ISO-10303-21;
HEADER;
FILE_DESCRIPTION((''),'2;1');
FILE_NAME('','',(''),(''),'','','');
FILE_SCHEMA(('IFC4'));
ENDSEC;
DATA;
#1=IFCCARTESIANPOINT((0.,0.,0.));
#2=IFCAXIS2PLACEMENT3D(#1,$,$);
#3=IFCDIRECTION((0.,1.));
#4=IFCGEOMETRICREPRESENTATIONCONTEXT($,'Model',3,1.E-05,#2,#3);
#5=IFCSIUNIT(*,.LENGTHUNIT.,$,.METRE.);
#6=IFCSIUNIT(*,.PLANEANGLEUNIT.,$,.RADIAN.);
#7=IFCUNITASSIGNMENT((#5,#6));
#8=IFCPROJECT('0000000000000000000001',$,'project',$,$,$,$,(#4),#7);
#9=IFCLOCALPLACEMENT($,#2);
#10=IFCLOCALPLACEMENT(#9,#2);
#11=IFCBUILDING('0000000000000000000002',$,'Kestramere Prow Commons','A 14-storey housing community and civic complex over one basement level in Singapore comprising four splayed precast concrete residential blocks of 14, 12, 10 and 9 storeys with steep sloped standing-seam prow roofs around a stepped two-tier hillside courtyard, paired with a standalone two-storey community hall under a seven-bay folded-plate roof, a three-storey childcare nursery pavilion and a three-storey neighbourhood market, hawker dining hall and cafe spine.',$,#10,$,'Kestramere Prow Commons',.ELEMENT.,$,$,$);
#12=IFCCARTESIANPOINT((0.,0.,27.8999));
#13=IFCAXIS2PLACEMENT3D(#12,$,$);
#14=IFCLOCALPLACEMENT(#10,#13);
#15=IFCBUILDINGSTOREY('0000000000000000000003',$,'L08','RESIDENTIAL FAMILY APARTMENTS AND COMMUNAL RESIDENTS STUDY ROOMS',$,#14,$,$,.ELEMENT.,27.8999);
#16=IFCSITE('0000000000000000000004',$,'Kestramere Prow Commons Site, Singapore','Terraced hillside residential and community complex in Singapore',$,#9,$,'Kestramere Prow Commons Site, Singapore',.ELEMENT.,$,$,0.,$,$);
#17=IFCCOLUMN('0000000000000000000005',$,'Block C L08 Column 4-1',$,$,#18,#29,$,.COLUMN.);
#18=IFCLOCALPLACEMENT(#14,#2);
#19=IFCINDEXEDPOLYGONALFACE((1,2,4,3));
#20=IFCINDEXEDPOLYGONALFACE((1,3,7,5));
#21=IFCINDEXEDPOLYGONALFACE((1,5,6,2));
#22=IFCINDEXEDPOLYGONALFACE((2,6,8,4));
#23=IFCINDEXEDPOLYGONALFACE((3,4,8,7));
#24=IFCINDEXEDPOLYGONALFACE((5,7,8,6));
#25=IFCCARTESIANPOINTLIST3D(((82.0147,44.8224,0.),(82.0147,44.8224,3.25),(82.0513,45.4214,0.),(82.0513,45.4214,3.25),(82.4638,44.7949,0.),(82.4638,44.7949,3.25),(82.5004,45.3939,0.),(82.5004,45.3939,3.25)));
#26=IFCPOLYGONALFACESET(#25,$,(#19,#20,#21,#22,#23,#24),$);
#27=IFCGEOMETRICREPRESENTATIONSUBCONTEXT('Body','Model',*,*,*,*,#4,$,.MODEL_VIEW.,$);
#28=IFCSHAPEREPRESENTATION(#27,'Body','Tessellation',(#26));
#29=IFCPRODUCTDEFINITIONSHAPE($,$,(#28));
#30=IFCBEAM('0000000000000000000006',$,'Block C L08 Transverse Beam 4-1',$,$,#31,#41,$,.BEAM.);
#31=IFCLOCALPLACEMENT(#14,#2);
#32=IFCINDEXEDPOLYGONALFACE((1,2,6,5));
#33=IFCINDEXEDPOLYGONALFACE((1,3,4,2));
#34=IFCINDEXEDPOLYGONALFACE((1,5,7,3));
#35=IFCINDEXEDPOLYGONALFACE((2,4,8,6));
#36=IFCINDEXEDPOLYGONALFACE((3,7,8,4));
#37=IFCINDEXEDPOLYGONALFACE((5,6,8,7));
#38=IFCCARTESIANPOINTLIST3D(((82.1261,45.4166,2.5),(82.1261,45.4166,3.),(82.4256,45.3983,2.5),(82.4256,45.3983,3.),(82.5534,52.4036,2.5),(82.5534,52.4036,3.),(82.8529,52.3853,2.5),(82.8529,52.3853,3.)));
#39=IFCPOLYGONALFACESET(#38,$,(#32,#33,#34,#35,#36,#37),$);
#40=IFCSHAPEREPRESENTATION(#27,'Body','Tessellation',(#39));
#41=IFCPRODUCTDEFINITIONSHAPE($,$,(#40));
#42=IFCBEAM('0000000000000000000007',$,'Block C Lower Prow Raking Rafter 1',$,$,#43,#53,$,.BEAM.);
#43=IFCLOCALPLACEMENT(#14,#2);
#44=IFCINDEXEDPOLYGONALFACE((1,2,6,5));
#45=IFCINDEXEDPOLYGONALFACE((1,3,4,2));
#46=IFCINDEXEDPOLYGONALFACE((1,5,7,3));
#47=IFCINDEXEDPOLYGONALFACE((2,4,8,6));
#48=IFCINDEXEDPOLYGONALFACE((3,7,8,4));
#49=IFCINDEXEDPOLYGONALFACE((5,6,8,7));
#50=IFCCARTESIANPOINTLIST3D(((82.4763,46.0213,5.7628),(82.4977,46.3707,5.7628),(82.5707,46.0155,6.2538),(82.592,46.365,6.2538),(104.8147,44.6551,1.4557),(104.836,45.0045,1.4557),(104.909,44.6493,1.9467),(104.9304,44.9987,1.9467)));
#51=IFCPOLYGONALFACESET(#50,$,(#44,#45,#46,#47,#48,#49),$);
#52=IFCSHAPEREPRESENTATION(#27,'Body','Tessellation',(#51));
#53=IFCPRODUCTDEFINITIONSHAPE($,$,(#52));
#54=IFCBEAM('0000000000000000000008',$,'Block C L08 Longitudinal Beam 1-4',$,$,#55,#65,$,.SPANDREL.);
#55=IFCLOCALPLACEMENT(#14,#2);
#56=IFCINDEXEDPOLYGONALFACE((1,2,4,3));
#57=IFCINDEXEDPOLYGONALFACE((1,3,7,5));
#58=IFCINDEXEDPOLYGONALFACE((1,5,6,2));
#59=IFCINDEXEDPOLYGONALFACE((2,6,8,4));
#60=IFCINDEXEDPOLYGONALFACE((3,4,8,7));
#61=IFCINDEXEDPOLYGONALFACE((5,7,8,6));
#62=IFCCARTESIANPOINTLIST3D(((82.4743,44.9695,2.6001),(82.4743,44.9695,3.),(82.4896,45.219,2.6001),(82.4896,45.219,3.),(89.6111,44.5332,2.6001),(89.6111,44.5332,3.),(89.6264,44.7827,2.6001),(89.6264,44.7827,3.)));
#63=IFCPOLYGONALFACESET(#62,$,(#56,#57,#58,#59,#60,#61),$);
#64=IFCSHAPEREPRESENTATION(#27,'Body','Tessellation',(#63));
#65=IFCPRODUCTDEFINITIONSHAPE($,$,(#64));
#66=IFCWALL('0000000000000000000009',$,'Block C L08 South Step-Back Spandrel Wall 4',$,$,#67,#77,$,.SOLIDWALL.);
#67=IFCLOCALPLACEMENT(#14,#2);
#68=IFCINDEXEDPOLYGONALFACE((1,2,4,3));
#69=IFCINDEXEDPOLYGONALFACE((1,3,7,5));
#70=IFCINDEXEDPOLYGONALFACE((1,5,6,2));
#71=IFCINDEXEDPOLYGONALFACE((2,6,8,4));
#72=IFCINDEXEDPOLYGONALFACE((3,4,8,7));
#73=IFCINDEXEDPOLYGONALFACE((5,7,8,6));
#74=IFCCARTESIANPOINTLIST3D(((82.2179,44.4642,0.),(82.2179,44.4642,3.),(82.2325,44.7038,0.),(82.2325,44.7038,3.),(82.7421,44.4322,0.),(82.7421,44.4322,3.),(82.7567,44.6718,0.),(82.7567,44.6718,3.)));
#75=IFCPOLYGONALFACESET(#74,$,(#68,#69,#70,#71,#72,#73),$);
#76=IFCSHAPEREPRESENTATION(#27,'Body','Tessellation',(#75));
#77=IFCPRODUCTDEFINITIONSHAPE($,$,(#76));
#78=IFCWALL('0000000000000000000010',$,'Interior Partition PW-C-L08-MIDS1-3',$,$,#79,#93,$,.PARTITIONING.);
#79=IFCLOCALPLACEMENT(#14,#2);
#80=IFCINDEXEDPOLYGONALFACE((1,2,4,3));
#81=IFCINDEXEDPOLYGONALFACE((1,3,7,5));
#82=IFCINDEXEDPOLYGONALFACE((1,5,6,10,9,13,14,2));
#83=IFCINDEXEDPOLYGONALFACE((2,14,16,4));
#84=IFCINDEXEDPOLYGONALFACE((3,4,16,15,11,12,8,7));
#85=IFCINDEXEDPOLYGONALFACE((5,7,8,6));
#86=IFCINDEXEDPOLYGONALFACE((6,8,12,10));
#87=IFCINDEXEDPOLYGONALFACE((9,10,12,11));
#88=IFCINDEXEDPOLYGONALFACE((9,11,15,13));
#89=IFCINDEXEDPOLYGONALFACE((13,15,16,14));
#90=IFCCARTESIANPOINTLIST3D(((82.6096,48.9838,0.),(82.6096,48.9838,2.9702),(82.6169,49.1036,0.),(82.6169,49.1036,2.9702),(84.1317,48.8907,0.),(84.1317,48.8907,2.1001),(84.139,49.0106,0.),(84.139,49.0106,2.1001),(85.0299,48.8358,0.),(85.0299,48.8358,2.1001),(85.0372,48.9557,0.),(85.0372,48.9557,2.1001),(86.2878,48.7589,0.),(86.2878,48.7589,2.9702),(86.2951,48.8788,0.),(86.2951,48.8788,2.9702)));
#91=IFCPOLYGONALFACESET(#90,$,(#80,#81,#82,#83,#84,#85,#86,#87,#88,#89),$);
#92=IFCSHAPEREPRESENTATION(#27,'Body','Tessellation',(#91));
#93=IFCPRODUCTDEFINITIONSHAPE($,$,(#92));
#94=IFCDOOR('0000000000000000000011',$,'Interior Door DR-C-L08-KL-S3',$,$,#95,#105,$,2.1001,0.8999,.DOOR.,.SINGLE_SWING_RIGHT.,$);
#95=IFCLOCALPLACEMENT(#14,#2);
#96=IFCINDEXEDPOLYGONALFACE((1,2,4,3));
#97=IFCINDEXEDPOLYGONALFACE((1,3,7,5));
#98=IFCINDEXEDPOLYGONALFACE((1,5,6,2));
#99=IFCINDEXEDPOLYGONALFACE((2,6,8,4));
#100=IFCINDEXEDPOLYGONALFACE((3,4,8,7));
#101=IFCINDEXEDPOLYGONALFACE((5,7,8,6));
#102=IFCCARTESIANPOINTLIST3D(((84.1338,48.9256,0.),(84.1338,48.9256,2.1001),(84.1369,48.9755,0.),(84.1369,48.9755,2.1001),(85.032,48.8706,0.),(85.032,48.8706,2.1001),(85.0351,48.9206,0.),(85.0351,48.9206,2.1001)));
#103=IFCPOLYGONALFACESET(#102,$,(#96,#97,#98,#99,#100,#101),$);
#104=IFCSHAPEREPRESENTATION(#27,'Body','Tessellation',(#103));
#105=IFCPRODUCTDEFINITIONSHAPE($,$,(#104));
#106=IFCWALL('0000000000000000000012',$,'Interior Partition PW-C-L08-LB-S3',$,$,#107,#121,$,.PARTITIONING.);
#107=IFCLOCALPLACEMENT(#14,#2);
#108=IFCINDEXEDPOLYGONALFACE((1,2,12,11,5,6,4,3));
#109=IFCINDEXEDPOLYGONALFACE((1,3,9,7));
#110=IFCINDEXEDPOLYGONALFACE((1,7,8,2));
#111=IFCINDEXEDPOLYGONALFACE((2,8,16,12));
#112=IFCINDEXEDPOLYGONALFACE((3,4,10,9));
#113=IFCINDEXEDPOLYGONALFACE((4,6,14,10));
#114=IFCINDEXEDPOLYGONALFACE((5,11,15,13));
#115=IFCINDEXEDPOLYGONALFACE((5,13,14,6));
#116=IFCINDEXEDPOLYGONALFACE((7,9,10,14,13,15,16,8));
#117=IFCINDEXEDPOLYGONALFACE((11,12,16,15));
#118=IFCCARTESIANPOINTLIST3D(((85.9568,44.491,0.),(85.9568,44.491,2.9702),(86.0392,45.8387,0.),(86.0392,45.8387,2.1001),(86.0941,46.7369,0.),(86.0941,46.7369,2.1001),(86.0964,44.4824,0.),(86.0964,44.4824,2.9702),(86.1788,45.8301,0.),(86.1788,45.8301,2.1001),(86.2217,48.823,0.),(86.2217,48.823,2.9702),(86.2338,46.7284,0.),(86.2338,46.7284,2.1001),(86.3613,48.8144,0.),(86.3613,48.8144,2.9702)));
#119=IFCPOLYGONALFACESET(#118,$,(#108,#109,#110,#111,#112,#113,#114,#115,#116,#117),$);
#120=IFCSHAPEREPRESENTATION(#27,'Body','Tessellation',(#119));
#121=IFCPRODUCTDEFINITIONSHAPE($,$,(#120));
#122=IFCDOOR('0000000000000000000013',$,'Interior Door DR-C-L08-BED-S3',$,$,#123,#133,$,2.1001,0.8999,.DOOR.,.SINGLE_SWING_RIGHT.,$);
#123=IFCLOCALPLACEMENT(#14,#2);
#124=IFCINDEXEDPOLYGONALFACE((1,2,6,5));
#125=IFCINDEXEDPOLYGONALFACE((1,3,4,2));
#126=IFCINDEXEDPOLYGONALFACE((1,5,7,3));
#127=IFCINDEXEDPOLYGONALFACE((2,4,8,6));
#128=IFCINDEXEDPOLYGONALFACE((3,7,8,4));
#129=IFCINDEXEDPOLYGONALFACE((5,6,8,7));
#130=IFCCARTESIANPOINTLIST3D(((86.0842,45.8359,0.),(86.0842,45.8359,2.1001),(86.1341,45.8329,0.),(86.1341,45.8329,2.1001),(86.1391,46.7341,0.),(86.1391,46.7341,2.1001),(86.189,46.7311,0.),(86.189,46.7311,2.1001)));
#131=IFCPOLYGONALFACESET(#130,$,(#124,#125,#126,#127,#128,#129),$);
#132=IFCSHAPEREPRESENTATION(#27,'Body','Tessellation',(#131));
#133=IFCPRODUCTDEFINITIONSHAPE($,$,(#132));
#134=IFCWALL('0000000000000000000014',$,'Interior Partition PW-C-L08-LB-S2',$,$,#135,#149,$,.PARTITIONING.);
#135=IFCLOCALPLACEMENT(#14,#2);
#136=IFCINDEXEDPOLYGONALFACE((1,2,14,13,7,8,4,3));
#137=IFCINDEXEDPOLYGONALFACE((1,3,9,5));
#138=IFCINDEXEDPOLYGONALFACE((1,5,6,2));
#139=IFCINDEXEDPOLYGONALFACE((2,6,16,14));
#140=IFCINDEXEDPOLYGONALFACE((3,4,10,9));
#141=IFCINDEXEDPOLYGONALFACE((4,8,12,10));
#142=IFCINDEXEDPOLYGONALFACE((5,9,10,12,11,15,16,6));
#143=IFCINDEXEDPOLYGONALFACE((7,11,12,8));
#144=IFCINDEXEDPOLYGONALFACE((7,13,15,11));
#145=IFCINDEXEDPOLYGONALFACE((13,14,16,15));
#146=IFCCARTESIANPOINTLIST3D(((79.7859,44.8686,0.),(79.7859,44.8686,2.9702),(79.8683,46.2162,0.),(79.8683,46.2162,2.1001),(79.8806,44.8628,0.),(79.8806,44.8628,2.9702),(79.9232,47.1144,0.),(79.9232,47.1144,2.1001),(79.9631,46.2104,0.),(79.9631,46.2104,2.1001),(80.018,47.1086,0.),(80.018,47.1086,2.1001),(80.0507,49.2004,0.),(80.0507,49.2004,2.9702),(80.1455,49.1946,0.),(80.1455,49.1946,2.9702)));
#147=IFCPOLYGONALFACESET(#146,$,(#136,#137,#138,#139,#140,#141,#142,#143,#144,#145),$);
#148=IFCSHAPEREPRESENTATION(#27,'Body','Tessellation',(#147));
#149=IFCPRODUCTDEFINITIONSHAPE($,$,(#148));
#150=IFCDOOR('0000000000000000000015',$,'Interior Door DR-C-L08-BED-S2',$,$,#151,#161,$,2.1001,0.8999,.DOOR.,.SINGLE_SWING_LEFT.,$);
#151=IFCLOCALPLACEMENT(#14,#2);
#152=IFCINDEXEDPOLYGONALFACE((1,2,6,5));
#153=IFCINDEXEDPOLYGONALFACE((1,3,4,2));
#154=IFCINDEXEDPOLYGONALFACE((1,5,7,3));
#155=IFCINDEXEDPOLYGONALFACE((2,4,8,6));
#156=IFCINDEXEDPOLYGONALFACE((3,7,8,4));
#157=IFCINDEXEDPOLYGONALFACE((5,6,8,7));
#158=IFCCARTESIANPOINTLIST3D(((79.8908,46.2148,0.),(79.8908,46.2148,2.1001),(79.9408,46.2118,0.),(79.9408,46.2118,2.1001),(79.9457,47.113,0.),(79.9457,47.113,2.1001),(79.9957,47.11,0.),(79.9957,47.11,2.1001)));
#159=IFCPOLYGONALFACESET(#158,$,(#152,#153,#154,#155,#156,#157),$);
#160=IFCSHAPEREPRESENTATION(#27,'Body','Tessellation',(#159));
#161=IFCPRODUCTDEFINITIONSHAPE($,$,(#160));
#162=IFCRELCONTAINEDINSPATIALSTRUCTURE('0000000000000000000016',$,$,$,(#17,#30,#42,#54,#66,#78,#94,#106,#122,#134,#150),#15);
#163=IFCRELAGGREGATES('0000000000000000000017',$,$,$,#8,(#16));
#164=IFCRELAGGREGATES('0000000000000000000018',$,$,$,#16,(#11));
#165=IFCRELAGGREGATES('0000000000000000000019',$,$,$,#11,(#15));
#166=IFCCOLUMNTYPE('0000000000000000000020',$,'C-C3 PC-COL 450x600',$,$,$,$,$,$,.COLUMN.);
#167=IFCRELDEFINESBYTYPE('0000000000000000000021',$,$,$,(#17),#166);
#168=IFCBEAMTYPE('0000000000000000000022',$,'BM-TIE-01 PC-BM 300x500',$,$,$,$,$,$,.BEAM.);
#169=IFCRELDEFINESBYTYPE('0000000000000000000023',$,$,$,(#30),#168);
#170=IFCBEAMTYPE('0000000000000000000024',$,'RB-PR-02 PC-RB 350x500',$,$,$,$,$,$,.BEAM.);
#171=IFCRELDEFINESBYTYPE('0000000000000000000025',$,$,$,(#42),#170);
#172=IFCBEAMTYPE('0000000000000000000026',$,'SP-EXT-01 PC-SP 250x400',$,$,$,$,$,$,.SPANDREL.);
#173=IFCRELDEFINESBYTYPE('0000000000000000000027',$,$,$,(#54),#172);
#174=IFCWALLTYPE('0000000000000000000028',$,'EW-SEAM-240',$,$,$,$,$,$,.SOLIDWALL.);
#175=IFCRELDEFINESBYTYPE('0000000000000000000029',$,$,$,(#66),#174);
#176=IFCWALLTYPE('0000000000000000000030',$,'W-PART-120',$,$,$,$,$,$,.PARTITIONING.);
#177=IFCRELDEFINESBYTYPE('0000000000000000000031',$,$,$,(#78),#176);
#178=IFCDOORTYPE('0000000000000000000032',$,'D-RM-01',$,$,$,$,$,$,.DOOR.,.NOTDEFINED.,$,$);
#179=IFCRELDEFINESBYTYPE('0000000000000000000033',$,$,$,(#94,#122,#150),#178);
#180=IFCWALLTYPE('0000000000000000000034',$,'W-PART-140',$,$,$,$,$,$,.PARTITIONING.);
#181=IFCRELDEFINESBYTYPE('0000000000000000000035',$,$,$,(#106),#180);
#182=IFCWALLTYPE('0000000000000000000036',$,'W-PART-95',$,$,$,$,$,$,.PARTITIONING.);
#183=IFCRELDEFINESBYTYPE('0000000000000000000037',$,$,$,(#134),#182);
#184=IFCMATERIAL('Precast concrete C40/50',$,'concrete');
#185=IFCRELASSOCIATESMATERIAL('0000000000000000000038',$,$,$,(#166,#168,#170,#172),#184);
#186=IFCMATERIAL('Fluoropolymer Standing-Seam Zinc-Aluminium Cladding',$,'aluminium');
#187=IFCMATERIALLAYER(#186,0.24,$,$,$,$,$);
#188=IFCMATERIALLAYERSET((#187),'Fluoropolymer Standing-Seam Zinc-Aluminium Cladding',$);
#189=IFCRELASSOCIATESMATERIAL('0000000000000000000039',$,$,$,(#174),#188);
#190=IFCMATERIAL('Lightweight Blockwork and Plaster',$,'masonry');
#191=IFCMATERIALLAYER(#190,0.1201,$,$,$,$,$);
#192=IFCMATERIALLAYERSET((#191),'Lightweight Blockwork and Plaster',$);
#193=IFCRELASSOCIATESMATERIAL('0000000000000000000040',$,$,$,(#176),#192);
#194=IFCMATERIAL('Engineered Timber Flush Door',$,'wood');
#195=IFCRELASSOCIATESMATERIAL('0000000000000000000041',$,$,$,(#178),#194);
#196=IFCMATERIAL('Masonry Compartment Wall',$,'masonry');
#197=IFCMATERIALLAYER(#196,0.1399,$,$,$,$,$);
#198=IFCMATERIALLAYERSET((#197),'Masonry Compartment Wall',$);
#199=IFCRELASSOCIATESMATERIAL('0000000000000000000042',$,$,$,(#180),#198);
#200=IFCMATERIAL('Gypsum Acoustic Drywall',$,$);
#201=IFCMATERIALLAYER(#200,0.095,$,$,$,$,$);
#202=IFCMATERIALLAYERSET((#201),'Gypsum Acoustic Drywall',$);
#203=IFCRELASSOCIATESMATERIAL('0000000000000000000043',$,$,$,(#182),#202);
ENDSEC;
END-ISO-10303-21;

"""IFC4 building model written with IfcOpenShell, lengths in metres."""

from ifc_helpers import new_model, si_unit, direction, frame, frame_2d, origin, origin_2d, place, context, subcontext, project, spatial, rectangle, extrude, material, layer, layer_set, material_profile, profile_set, type_object, element, fill, save


model = new_model("IFC4")

# Units and contexts
model_context = context("Model", 3, precision=1e-05, world=origin(), true_north=direction((0.0, 1.0)))
body_context = subcontext(model_context, "Body", "Model", "MODEL_VIEW")
ifc_project = project(units=[si_unit("LENGTHUNIT", "METRE"), si_unit("PLANEANGLEUNIT", "RADIAN")], contexts=[model_context])

# Site, building, storey
site_placement = place(None, origin())
site = spatial("IfcSite", under=ifc_project, at=site_placement, Name="Kestramere Prow Commons Site, Singapore", Description="Terraced hillside residential and community complex in Singapore", LongName="Kestramere Prow Commons Site, Singapore", CompositionType="ELEMENT", RefElevation=0.0)
building_placement = place(site_placement, origin())
building = spatial("IfcBuilding", under=site, at=building_placement, Name="Kestramere Prow Commons", Description="A 14-storey housing community and civic complex over one basement level in Singapore comprising four splayed precast concrete residential blocks of 14, 12, 10 and 9 storeys with steep sloped standing-seam prow roofs around a stepped two-tier hillside courtyard, paired with a standalone two-storey community hall under a seven-bay folded-plate roof, a three-storey childcare nursery pavilion and a three-storey neighbourhood market, hawker dining hall and cafe spine.", LongName="Kestramere Prow Commons", CompositionType="ELEMENT")
storey_placement = place(building_placement, frame((0.0, 0.0, 27.8999)))
storey = spatial("IfcBuildingStorey", under=building, at=storey_placement, Name="L08", Description="RESIDENTIAL FAMILY APARTMENTS AND COMMUNAL RESIDENTS STUDY ROOMS", CompositionType="ELEMENT", Elevation=27.8999)

# Column
ifc_material_1 = material(Name="Precast concrete C40/50", Category="concrete")
ifc_material_profile_1 = material_profile(ifc_material_1, rectangle(XDim=0.45, YDim=0.6001, at=origin_2d()), Name="PC-COL 450x600")
ifc_profile_set_1 = profile_set([ifc_material_profile_1], Name="Precast concrete C40/50")
column_type = type_object("IfcColumnType", Name="C-C3 PC-COL 450x600", PredefinedType="COLUMN", material=ifc_profile_set_1)
column_placement = place(storey_placement, frame((82.2576, 45.1082, 0.0), z_axis=(0.0, 0.0, 1.0), x_axis=(0.998135, -0.061049, 0.0)))
element("IfcColumn", 1, at=column_placement, inside=storey, type_object=column_type, Name="Block C L08 Column 4-1", PredefinedType="COLUMN", context=body_context, shape_type="SweptSolid", body=[
    extrude(rectangle(XDim=0.45, YDim=0.6001, at=origin_2d()), origin(), (0.0, 0.0, 1.0), 3.25),
])

# Beams
ifc_material_profile_2 = material_profile(ifc_material_1, rectangle(XDim=0.3, YDim=0.5, at=origin_2d()), Name="PC-BM 300x500")
ifc_profile_set_2 = profile_set([ifc_material_profile_2], Name="Precast concrete C40/50")
beam_type_1 = type_object("IfcBeamType", Name="BM-TIE-01 PC-BM 300x500", PredefinedType="BEAM", material=ifc_profile_set_2)
beam_1_placement = place(storey_placement, frame((82.2759, 45.4075, 2.75), z_axis=(0.061034, 0.998136, 0.0), x_axis=(-0.998136, 0.061034, 0.0)))
element("IfcBeam", 2, at=beam_1_placement, inside=storey, type_object=beam_type_1, Name="Block C L08 Transverse Beam 4-1", PredefinedType="BEAM", context=body_context, shape_type="SweptSolid", body=[
    extrude(rectangle(XDim=0.3, YDim=0.5, at=origin_2d()), origin(), (0.0, 0.0, 1.0), 7.0),
])
ifc_material_profile_3 = material_profile(ifc_material_1, rectangle(XDim=0.3501, YDim=0.5, at=origin_2d()), Name="PC-RB 350x500")
ifc_profile_set_3 = profile_set([ifc_material_profile_3], Name="Precast concrete C40/50")
beam_type_2 = type_object("IfcBeamType", Name="RB-PR-02 PC-RB 350x500", PredefinedType="BEAM", material=ifc_profile_set_3)
beam_2_placement = place(storey_placement, frame((82.5342, 46.1931, 6.0083), z_axis=(0.980148, -0.059946, -0.188985), x_axis=(0.061046, 0.998135, 0.0)))
element("IfcBeam", 3, at=beam_2_placement, inside=storey, type_object=beam_type_2, Name="Block C Lower Prow Raking Rafter 1", PredefinedType="BEAM", context=body_context, shape_type="SweptSolid", body=[
    extrude(rectangle(XDim=0.3501, YDim=0.5, at=origin_2d()), origin(), (0.0, 0.0, 1.0), 22.7908),
])
ifc_material_profile_4 = material_profile(ifc_material_1, rectangle(XDim=0.25, YDim=0.3999, at=origin_2d()), Name="PC-SP 250x400")
ifc_profile_set_4 = profile_set([ifc_material_profile_4], Name="Precast concrete C40/50")
beam_type_3 = type_object("IfcBeamType", Name="SP-EXT-01 PC-SP 250x400", PredefinedType="SPANDREL", material=ifc_profile_set_4)
beam_3_placement = place(storey_placement, frame((82.4819, 45.0942, 2.8), z_axis=(0.998137, -0.061018, 0.0), x_axis=(0.061018, 0.998137, 0.0)))
element("IfcBeam", 4, at=beam_3_placement, inside=storey, type_object=beam_type_3, Name="Block C L08 Longitudinal Beam 1-4", PredefinedType="SPANDREL", context=body_context, shape_type="SweptSolid", body=[
    extrude(rectangle(XDim=0.25, YDim=0.3999, at=origin_2d()), origin(), (0.0, 0.0, 1.0), 7.1501),
])

# Shared definitions
ifc_material_2 = material(Name="Fluoropolymer Standing-Seam Zinc-Aluminium Cladding", Category="aluminium")
ifc_layer_1 = layer(ifc_material_2, 0.24)
ifc_layer_set_1 = layer_set([ifc_layer_1], Name="Fluoropolymer Standing-Seam Zinc-Aluminium Cladding")
wall_type_1 = type_object("IfcWallType", Name="EW-SEAM-240", PredefinedType="SOLIDWALL", material=ifc_layer_set_1)

# Wall
wall_1_placement = place(storey_placement, frame((82.7495, 44.552, 0.0), z_axis=(0.0, 0.0, 1.0), x_axis=(-0.998144, 0.060902, 0.0)))
element("IfcWall", 5, at=wall_1_placement, inside=storey, type_object=wall_type_1, Name="Block C L08 South Step-Back Spandrel Wall 4", PredefinedType="SOLIDWALL", context=body_context, shape_type="SweptSolid", body=[
    extrude(rectangle(XDim=0.5251, YDim=0.24, at=frame_2d((0.2627, 0.0))), origin(), (0.0, 0.0, 1.0), 3.0),
])

# Walls, openings, doors
ifc_material_3 = material(Name="Lightweight Blockwork and Plaster", Category="masonry")
ifc_layer_2 = layer(ifc_material_3, 0.1201)
ifc_layer_set_2 = layer_set([ifc_layer_2], Name="Lightweight Blockwork and Plaster")
wall_type_2 = type_object("IfcWallType", Name="W-PART-120", PredefinedType="PARTITIONING", material=ifc_layer_set_2)
wall_2_placement = place(storey_placement, frame((82.6133, 49.0437, 0.0), z_axis=(0.0, 0.0, 1.0), x_axis=(0.998137, -0.061017, 0.0)))
wall_2 = element("IfcWall", 6, at=wall_2_placement, inside=storey, type_object=wall_type_2, Name="Interior Partition PW-C-L08-MIDS1-3", PredefinedType="PARTITIONING", context=body_context, shape_type="SweptSolid", body=[
    extrude(rectangle(XDim=3.6851, YDim=0.1201, at=frame_2d((1.8425, 0.0))), origin(), (0.0, 0.0, 1.0), 2.9702),
])
opening_1_placement = place(wall_2_placement, frame((1.5249, 0.0, 0.0)))
opening_1 = element("IfcOpeningElement", 7, at=opening_1_placement, cuts=wall_2, PredefinedType="OPENING", context=body_context, shape_type="SweptSolid", body=[
    extrude(rectangle(XDim=0.8999, YDim=2.1001, at=frame_2d((0.45, 1.05))), frame((0.0, 0.075, 0.0), z_axis=(0.0, -1.0, 0.0), x_axis=(1.0, 0.0, 0.0)), (0.0, 0.0, 1.0), 0.1501),
])
ifc_material_4 = material(Name="Engineered Timber Flush Door", Category="wood")
door_type_1 = type_object("IfcDoorType", Name="D-RM-01", OperationType="NOTDEFINED", PredefinedType="DOOR", material=ifc_material_4)
door_1_placement = place(opening_1_placement, origin())
door_1 = element("IfcDoor", 8, at=door_1_placement, inside=storey, type_object=door_type_1, Name="Interior Door DR-C-L08-KL-S3", OperationType="SINGLE_SWING_RIGHT", OverallHeight=2.1001, OverallWidth=0.8999, PredefinedType="DOOR", context=body_context, shape_type="SweptSolid", body=[
    extrude(rectangle(XDim=0.8999, YDim=2.1001, at=frame_2d((0.45, 1.05))), frame((0.0, 0.0249, 0.0), z_axis=(0.0, -1.0, 0.0), x_axis=(1.0, 0.0, 0.0)), (0.0, 0.0, 1.0), 0.05),
])
fill(opening_1, door_1)
ifc_material_5 = material(Name="Masonry Compartment Wall", Category="masonry")
ifc_layer_3 = layer(ifc_material_5, 0.1399)
ifc_layer_set_3 = layer_set([ifc_layer_3], Name="Masonry Compartment Wall")
wall_type_3 = type_object("IfcWallType", Name="W-PART-140", PredefinedType="PARTITIONING", material=ifc_layer_set_3)
wall_3_placement = place(storey_placement, frame((86.0266, 44.4868, 0.0), z_axis=(0.0, 0.0, 1.0), x_axis=(0.061033, 0.998136, 0.0)))
wall_3 = element("IfcWall", 9, at=wall_3_placement, inside=storey, type_object=wall_type_3, Name="Interior Partition PW-C-L08-LB-S3", PredefinedType="PARTITIONING", context=body_context, shape_type="SweptSolid", body=[
    extrude(rectangle(XDim=4.3401, YDim=0.1399, at=frame_2d((2.1699, 0.0))), origin(), (0.0, 0.0, 1.0), 2.9702),
])
opening_2_placement = place(wall_3_placement, frame((1.3501, 0.0, 0.0)))
opening_2 = element("IfcOpeningElement", 10, at=opening_2_placement, cuts=wall_3, PredefinedType="OPENING", context=body_context, shape_type="SweptSolid", body=[
    extrude(rectangle(XDim=0.8999, YDim=2.1001, at=frame_2d((0.45, 1.05))), frame((0.0, 0.085, 0.0), z_axis=(0.0, -1.0, 0.0), x_axis=(1.0, 0.0, 0.0)), (0.0, 0.0, 1.0), 0.1699),
])
door_2_placement = place(opening_2_placement, origin())
door_2 = element("IfcDoor", 11, at=door_2_placement, inside=storey, type_object=door_type_1, Name="Interior Door DR-C-L08-BED-S3", OperationType="SINGLE_SWING_RIGHT", OverallHeight=2.1001, OverallWidth=0.8999, PredefinedType="DOOR", context=body_context, shape_type="SweptSolid", body=[
    extrude(rectangle(XDim=0.8999, YDim=2.1001, at=frame_2d((0.45, 1.05))), frame((0.0, 0.0249, 0.0), z_axis=(0.0, -1.0, 0.0), x_axis=(1.0, 0.0, 0.0)), (0.0, 0.0, 1.0), 0.05),
])
fill(opening_2, door_2)
ifc_material_6 = material(Name="Gypsum Acoustic Drywall")
ifc_layer_4 = layer(ifc_material_6, 0.095)
ifc_layer_set_4 = layer_set([ifc_layer_4], Name="Gypsum Acoustic Drywall")
wall_type_4 = type_object("IfcWallType", Name="W-PART-95", PredefinedType="PARTITIONING", material=ifc_layer_set_4)
wall_4_placement = place(storey_placement, frame((79.8333, 44.8657, 0.0), z_axis=(0.0, 0.0, 1.0), x_axis=(0.061037, 0.998136, 0.0)))
wall_4 = element("IfcWall", 12, at=wall_4_placement, inside=storey, type_object=wall_type_4, Name="Interior Partition PW-C-L08-LB-S2", PredefinedType="PARTITIONING", context=body_context, shape_type="SweptSolid", body=[
    extrude(rectangle(XDim=4.3398, YDim=0.095, at=frame_2d((2.1699, 0.0))), origin(), (0.0, 0.0, 1.0), 2.9702),
])
opening_3_placement = place(wall_4_placement, frame((1.3501, 0.0, 0.0)))
opening_3 = element("IfcOpeningElement", 13, at=opening_3_placement, cuts=wall_4, PredefinedType="OPENING", context=body_context, shape_type="SweptSolid", body=[
    extrude(rectangle(XDim=0.8999, YDim=2.1001, at=frame_2d((0.45, 1.05))), frame((0.0, 0.0625, 0.0), z_axis=(0.0, -1.0, 0.0), x_axis=(1.0, 0.0, 0.0)), (0.0, 0.0, 1.0), 0.125),
])
door_3_placement = place(opening_3_placement, origin())
door_3 = element("IfcDoor", 14, at=door_3_placement, inside=storey, type_object=door_type_1, Name="Interior Door DR-C-L08-BED-S2", OperationType="SINGLE_SWING_LEFT", OverallHeight=2.1001, OverallWidth=0.8999, PredefinedType="DOOR", context=body_context, shape_type="SweptSolid", body=[
    extrude(rectangle(XDim=0.8999, YDim=2.1001, at=frame_2d((0.45, 1.05))), frame((0.0, 0.0249, 0.0), z_axis=(0.0, -1.0, 0.0), x_axis=(1.0, 0.0, 0.0)), (0.0, 0.0, 1.0), 0.05),
])
fill(opening_3, door_3)

save(model, "model.ifc")
